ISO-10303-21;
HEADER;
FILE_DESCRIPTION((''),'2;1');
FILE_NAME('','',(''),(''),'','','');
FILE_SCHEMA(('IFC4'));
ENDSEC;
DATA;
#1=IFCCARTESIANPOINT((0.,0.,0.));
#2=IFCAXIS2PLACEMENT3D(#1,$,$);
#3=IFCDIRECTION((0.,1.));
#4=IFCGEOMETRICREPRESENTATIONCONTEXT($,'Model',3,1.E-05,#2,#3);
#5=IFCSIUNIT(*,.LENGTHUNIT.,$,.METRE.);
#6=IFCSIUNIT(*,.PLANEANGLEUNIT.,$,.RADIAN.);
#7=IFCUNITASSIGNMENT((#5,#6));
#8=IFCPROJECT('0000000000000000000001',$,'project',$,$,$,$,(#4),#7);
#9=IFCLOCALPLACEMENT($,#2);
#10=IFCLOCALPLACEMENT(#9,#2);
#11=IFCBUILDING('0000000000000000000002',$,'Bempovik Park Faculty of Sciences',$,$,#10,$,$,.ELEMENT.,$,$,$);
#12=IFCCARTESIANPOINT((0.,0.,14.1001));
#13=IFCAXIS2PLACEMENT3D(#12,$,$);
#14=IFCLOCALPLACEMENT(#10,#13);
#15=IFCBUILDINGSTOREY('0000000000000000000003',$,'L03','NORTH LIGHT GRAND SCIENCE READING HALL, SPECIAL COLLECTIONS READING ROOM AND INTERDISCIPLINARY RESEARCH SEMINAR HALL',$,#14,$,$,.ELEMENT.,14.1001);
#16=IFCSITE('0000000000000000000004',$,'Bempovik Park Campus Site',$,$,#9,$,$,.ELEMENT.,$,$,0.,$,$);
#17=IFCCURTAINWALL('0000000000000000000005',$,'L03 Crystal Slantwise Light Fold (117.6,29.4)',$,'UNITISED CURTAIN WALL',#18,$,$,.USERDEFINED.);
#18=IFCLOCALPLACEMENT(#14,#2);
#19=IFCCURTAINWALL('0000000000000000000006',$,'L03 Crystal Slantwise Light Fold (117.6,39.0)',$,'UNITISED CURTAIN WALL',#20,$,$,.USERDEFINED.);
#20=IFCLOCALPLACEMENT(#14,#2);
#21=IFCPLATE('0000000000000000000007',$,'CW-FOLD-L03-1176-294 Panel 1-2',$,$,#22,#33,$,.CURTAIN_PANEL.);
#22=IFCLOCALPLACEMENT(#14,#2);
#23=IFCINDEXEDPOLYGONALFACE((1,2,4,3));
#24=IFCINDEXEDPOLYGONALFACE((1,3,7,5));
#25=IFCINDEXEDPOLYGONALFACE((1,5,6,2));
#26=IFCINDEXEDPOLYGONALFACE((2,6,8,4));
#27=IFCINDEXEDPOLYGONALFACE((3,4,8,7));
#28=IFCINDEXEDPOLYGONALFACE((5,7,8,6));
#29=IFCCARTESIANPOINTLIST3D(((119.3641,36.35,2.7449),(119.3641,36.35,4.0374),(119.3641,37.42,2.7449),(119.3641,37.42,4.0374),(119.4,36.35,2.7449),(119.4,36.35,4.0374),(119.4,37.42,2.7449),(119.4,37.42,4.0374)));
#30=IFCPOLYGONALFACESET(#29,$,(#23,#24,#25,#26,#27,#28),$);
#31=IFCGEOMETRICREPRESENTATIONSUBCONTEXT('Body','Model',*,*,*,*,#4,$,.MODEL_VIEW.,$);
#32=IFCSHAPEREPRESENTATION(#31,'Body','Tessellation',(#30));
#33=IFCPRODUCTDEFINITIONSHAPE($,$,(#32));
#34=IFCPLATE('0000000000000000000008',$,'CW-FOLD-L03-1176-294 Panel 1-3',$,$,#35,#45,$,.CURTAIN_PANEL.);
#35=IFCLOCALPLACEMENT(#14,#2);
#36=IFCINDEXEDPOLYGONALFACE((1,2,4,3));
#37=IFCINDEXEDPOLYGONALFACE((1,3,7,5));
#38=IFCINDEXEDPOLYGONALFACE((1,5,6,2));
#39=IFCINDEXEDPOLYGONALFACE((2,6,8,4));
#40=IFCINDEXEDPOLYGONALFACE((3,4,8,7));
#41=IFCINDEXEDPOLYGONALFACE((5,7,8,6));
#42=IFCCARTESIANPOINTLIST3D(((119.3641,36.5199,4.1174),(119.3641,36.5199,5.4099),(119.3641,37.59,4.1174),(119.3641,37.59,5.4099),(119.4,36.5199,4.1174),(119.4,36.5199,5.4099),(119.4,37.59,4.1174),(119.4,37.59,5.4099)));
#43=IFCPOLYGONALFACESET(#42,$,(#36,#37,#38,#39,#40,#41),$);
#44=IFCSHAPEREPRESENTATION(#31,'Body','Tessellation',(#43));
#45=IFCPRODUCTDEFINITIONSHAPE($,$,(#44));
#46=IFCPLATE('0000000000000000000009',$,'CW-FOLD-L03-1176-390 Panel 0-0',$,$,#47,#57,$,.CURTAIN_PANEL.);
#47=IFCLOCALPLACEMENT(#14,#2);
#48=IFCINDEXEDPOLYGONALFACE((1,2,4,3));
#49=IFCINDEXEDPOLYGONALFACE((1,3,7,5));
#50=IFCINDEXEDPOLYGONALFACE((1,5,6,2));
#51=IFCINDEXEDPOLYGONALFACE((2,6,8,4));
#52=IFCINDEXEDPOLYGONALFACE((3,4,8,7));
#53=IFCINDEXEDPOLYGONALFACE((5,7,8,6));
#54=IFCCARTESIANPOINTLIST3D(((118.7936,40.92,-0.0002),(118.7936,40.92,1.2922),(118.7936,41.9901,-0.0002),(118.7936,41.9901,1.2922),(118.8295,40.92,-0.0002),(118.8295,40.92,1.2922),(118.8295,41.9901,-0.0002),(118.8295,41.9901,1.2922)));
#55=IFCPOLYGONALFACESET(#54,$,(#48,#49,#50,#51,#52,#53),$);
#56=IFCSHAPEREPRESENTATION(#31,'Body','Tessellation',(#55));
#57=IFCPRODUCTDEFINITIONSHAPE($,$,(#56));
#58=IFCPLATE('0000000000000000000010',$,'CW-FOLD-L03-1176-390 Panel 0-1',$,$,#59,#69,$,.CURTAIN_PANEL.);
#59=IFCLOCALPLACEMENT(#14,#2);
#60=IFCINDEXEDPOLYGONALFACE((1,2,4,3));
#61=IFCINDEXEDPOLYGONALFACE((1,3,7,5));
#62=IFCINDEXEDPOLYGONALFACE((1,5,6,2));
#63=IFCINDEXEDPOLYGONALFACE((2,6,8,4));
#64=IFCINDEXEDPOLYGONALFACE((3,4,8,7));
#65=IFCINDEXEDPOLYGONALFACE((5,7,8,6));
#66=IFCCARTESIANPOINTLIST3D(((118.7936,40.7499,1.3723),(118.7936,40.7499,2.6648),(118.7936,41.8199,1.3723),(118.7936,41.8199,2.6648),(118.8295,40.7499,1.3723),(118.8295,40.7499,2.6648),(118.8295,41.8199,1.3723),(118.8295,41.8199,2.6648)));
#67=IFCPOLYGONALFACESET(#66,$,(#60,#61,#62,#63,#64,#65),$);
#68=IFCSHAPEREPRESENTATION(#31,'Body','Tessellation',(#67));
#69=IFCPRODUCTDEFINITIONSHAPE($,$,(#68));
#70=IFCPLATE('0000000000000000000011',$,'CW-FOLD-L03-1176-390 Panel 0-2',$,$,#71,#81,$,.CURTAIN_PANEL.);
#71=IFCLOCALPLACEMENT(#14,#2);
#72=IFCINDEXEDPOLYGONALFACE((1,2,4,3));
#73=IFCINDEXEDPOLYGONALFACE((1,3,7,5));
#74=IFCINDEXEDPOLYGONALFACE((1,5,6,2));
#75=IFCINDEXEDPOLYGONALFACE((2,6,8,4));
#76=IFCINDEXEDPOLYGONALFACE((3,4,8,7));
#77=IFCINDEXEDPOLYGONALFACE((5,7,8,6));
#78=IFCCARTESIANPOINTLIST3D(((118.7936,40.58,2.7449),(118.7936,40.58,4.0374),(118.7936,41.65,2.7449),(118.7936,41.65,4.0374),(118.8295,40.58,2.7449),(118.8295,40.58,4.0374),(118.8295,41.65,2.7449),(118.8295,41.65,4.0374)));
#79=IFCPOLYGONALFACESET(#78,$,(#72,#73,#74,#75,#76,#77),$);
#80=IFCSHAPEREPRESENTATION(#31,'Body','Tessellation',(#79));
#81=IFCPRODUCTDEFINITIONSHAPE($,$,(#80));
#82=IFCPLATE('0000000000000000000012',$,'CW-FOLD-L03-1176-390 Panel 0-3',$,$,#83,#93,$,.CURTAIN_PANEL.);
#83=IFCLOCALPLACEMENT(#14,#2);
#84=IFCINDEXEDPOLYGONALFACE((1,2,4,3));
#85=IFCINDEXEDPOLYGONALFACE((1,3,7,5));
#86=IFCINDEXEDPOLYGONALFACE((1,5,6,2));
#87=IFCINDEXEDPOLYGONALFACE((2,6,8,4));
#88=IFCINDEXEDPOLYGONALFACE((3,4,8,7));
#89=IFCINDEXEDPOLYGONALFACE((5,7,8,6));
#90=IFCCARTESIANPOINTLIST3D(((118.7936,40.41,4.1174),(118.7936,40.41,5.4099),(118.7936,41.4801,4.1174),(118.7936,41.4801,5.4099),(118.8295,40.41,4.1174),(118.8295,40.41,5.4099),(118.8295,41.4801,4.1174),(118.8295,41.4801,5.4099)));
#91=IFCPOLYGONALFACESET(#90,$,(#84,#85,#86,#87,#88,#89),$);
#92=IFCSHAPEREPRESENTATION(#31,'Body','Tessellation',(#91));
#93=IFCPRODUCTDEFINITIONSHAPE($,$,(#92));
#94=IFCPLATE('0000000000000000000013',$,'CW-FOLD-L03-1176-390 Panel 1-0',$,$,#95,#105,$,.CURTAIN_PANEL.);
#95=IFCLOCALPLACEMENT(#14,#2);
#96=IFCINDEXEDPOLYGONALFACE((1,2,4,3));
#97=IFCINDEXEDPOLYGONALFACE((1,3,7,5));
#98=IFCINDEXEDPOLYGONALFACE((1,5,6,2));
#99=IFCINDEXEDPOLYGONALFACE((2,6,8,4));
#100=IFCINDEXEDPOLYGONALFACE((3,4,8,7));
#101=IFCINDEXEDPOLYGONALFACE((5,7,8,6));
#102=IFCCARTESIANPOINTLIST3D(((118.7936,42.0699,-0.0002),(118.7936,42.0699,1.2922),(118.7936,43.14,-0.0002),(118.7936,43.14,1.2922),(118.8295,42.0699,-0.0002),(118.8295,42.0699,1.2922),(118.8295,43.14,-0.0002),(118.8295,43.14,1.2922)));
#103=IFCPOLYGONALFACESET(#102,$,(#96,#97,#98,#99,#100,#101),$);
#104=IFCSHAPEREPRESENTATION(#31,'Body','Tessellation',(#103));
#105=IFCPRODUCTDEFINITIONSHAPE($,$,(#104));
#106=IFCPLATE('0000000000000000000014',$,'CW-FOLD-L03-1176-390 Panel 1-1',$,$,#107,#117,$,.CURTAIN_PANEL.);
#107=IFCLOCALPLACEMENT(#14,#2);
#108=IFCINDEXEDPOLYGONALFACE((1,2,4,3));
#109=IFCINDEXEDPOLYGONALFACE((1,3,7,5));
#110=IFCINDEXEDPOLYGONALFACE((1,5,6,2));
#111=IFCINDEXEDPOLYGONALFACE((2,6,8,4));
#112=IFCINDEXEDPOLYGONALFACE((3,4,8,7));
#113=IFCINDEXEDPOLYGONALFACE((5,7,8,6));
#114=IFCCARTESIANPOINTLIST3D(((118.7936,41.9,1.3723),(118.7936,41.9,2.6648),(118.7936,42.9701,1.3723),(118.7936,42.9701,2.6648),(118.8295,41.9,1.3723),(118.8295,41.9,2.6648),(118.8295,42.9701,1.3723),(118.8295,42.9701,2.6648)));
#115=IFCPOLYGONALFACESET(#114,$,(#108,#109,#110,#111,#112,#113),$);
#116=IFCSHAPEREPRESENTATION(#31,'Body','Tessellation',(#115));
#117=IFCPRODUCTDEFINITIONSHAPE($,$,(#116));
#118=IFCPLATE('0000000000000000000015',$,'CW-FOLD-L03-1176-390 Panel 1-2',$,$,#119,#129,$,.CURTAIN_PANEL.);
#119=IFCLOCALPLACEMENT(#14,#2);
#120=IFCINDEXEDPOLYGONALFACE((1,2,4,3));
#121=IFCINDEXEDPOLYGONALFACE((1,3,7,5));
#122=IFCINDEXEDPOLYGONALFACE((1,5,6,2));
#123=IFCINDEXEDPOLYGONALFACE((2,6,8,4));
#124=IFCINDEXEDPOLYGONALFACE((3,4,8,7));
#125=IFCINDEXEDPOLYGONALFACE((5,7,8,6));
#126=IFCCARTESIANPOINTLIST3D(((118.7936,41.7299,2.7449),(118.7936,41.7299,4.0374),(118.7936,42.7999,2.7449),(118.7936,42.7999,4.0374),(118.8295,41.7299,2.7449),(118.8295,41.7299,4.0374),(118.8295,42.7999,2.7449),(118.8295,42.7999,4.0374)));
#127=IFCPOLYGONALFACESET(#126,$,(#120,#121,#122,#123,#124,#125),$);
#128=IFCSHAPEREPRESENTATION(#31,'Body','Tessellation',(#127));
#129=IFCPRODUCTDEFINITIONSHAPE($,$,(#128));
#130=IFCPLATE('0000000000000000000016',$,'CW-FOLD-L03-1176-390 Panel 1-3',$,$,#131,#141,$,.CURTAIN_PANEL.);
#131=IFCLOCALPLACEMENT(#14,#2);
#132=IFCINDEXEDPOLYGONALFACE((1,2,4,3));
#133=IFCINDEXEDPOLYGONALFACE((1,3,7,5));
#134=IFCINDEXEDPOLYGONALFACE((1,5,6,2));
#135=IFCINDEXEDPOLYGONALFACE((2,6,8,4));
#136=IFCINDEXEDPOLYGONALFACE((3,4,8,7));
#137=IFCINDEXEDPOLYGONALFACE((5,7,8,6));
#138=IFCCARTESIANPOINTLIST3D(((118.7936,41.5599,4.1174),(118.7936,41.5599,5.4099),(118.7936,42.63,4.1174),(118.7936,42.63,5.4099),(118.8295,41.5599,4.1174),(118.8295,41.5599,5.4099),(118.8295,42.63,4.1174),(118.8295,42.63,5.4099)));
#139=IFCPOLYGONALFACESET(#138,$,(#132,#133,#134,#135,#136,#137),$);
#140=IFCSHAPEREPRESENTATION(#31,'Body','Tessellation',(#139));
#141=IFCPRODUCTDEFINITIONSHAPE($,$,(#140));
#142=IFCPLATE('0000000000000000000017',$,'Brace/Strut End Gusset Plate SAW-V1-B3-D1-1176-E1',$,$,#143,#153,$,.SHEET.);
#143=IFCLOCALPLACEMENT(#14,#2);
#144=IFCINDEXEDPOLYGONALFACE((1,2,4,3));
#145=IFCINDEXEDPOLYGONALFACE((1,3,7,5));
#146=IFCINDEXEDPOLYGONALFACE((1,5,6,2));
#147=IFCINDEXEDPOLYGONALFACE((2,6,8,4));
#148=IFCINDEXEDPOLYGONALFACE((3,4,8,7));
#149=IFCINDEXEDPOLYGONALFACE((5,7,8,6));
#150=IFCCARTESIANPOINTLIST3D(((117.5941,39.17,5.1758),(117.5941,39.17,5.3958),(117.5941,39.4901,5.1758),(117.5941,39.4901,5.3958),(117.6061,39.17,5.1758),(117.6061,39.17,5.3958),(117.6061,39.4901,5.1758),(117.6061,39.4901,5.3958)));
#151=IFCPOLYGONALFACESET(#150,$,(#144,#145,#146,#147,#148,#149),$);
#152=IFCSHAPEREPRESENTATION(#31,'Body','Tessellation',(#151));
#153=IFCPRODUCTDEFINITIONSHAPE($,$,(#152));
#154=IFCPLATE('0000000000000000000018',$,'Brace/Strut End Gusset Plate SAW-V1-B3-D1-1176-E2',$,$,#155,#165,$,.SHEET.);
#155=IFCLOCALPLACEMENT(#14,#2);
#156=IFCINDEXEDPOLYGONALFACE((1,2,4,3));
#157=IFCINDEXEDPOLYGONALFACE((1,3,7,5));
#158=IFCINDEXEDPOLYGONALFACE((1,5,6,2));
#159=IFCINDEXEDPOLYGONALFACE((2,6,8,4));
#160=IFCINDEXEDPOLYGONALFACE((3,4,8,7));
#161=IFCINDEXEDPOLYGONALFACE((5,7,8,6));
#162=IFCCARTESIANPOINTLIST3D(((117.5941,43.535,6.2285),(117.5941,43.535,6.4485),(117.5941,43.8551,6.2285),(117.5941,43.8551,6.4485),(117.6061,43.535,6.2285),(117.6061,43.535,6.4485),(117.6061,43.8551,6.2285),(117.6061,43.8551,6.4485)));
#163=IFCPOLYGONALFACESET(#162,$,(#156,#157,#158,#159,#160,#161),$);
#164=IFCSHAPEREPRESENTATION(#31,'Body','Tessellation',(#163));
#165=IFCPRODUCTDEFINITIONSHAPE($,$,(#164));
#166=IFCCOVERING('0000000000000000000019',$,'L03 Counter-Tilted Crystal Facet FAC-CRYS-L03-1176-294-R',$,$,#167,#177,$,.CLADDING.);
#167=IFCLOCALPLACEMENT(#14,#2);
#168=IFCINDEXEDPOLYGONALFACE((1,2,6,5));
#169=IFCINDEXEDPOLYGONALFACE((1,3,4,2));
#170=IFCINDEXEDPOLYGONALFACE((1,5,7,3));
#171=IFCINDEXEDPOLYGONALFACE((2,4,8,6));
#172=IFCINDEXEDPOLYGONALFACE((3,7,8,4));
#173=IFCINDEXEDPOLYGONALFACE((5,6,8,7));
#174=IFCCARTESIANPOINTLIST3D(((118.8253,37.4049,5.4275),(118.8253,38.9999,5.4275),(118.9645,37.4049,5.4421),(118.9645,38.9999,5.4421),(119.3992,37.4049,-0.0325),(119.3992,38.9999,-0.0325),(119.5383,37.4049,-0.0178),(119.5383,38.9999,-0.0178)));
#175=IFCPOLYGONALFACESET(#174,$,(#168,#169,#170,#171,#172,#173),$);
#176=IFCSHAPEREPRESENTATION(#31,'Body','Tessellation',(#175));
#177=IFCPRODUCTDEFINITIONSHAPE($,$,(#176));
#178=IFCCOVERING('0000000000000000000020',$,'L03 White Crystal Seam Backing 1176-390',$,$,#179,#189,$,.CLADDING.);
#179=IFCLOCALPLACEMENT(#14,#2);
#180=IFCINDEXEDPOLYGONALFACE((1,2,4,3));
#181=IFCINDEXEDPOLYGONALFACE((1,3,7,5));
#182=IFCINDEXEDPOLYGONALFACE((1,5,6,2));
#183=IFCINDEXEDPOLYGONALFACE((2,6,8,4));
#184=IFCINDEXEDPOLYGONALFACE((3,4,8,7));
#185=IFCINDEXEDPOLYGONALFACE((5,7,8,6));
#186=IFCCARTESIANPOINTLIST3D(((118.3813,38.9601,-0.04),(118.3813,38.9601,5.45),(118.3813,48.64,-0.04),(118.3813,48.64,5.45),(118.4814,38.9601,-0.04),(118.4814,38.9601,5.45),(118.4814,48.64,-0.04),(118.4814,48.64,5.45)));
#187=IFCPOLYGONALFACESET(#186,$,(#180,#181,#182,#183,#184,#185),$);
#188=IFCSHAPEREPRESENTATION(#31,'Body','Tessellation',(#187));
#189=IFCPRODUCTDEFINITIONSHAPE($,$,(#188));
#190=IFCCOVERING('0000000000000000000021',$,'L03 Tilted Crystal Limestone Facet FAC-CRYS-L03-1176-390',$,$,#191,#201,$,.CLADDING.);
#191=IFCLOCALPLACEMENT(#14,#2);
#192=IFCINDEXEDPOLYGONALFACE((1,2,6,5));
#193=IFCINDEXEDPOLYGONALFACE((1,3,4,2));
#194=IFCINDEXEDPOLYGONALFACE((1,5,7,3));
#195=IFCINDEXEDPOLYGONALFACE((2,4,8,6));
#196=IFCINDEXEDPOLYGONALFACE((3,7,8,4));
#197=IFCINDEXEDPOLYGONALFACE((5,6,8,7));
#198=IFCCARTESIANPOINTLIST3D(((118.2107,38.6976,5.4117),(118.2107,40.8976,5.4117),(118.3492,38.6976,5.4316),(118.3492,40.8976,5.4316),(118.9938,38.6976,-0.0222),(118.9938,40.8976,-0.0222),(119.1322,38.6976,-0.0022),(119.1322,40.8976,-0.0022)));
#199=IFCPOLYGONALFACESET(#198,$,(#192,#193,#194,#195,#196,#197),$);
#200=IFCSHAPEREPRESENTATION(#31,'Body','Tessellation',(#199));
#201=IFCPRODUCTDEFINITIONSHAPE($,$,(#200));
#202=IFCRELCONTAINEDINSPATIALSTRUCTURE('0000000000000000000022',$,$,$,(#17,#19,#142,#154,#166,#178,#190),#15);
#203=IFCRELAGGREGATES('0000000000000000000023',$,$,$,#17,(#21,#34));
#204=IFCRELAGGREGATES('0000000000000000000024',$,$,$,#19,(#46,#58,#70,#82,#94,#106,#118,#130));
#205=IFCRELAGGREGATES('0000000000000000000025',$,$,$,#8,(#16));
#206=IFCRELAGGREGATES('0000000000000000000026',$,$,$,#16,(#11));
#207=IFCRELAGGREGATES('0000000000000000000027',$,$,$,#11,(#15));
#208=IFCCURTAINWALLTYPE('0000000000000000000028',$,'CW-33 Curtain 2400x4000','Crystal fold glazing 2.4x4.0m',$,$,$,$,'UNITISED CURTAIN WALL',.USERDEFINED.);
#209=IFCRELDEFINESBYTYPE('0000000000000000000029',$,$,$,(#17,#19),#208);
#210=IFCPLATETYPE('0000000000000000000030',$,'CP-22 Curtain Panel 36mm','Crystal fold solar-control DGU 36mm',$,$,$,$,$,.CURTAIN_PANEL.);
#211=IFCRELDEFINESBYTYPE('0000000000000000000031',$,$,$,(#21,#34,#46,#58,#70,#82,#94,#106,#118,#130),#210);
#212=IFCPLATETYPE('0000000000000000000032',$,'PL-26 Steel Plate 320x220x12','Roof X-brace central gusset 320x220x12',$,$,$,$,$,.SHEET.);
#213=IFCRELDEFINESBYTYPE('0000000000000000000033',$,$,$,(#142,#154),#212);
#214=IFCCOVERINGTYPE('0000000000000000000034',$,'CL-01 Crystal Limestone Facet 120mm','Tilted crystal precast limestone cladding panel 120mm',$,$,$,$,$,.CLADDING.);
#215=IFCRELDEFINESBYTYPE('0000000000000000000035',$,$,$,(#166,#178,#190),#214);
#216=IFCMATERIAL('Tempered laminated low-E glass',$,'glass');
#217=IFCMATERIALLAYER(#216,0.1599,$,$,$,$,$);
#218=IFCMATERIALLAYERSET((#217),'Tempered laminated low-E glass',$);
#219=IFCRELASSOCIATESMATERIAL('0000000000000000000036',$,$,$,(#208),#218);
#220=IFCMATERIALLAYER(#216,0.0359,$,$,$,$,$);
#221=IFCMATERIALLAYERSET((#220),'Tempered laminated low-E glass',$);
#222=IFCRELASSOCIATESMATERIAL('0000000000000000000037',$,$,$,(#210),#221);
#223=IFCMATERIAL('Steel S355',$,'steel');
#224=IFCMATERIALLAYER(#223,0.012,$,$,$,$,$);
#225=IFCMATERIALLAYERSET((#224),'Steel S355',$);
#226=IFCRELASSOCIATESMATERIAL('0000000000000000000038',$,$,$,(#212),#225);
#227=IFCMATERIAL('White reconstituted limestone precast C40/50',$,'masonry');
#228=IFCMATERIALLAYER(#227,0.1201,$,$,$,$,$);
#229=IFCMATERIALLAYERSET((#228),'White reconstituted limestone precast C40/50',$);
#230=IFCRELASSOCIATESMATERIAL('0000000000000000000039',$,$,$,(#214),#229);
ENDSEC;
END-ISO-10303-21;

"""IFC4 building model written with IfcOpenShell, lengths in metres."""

from ifc_helpers import new_model, si_unit, direction, frame, origin, origin_2d, place, context, subcontext, project, spatial, rectangle, extrude, material, layer, layer_set, type_object, element, aggregate, save


model = new_model("IFC4")

# Units and contexts
model_context = context("Model", 3, precision=1e-05, world=origin(), true_north=direction((0.0, 1.0)))
body_context = subcontext(model_context, "Body", "Model", "MODEL_VIEW")
ifc_project = project(units=[si_unit("LENGTHUNIT", "METRE"), si_unit("PLANEANGLEUNIT", "RADIAN")], contexts=[model_context])

# Site, building, storey
site_placement = place(None, origin())
site = spatial("IfcSite", under=ifc_project, at=site_placement, Name="Bempovik Park Campus Site", CompositionType="ELEMENT", RefElevation=0.0)
building_placement = place(site_placement, origin())
building = spatial("IfcBuilding", under=site, at=building_placement, Name="Bempovik Park Faculty of Sciences", CompositionType="ELEMENT")
storey_placement = place(building_placement, frame((0.0, 0.0, 14.1001)))
storey = spatial("IfcBuildingStorey", under=building, at=storey_placement, Name="L03", Description="NORTH LIGHT GRAND SCIENCE READING HALL, SPECIAL COLLECTIONS READING ROOM AND INTERDISCIPLINARY RESEARCH SEMINAR HALL", CompositionType="ELEMENT", Elevation=14.1001)

# Shared definitions
ifc_material_1 = material(Name="Steel S355", Category="steel")

# Curtain walls
ifc_material_2 = material(Name="Tempered laminated low-E glass", Category="glass")
ifc_layer_1 = layer(ifc_material_2, 0.1599)
ifc_layer_set_1 = layer_set([ifc_layer_1], Name="Tempered laminated low-E glass")
curtain_wall_type = type_object("IfcCurtainWallType", Name="CW-33 Curtain 2400x4000", Description="Crystal fold glazing 2.4x4.0m", ElementType="UNITISED CURTAIN WALL", PredefinedType="USERDEFINED", material=ifc_layer_set_1)
curtain_wall_1_placement = place(storey_placement, origin())
curtain_wall_1 = element("IfcCurtainWall", 1, at=curtain_wall_1_placement, inside=storey, type_object=curtain_wall_type, Name="L03 Crystal Slantwise Light Fold (117.6,29.4)", ObjectType="UNITISED CURTAIN WALL", PredefinedType="USERDEFINED")
curtain_wall_2_placement = place(storey_placement, origin())
curtain_wall_2 = element("IfcCurtainWall", 2, at=curtain_wall_2_placement, inside=storey, type_object=curtain_wall_type, Name="L03 Crystal Slantwise Light Fold (117.6,39.0)", ObjectType="UNITISED CURTAIN WALL", PredefinedType="USERDEFINED")

# Plates
ifc_layer_2 = layer(ifc_material_2, 0.0359)
ifc_layer_set_2 = layer_set([ifc_layer_2], Name="Tempered laminated low-E glass")
plate_type_1 = type_object("IfcPlateType", Name="CP-22 Curtain Panel 36mm", Description="Crystal fold solar-control DGU 36mm", PredefinedType="CURTAIN_PANEL", material=ifc_layer_set_2)
plate_1_placement = place(storey_placement, frame((119.3821, 36.885, 2.7449), z_axis=(0.0, 0.0, 1.0), x_axis=(0.0, 1.0, 0.0)))
plate_1 = element("IfcPlate", 3, at=plate_1_placement, type_object=plate_type_1, Name="CW-FOLD-L03-1176-294 Panel 1-2", PredefinedType="CURTAIN_PANEL", context=body_context, shape_type="SweptSolid", body=[
    extrude(rectangle(XDim=1.0701, YDim=0.0359, at=origin_2d()), origin(), (0.0, 0.0, 1.0), 1.2925),
])
plate_2_placement = place(storey_placement, frame((119.3821, 37.0549, 4.1174), z_axis=(0.0, 0.0, 1.0), x_axis=(0.0, 1.0, 0.0)))
plate_2 = element("IfcPlate", 4, at=plate_2_placement, type_object=plate_type_1, Name="CW-FOLD-L03-1176-294 Panel 1-3", PredefinedType="CURTAIN_PANEL", context=body_context, shape_type="SweptSolid", body=[
    extrude(rectangle(XDim=1.0701, YDim=0.0359, at=origin_2d()), origin(), (0.0, 0.0, 1.0), 1.2925),
])
aggregate(curtain_wall_1, [plate_1, plate_2])
plate_3_placement = place(storey_placement, frame((118.8115, 41.4551, -0.0002), z_axis=(0.0, 0.0, 1.0), x_axis=(0.0, 1.0, 0.0)))
plate_3 = element("IfcPlate", 5, at=plate_3_placement, type_object=plate_type_1, Name="CW-FOLD-L03-1176-390 Panel 0-0", PredefinedType="CURTAIN_PANEL", context=body_context, shape_type="SweptSolid", body=[
    extrude(rectangle(XDim=1.0701, YDim=0.0359, at=origin_2d()), origin(), (0.0, 0.0, 1.0), 1.2925),
])
plate_4_placement = place(storey_placement, frame((118.8115, 41.2849, 1.3723), z_axis=(0.0, 0.0, 1.0), x_axis=(0.0, 1.0, 0.0)))
plate_4 = element("IfcPlate", 6, at=plate_4_placement, type_object=plate_type_1, Name="CW-FOLD-L03-1176-390 Panel 0-1", PredefinedType="CURTAIN_PANEL", context=body_context, shape_type="SweptSolid", body=[
    extrude(rectangle(XDim=1.0701, YDim=0.0359, at=origin_2d()), origin(), (0.0, 0.0, 1.0), 1.2925),
])
plate_5_placement = place(storey_placement, frame((118.8115, 41.115, 2.7449), z_axis=(0.0, 0.0, 1.0), x_axis=(0.0, 1.0, 0.0)))
plate_5 = element("IfcPlate", 7, at=plate_5_placement, type_object=plate_type_1, Name="CW-FOLD-L03-1176-390 Panel 0-2", PredefinedType="CURTAIN_PANEL", context=body_context, shape_type="SweptSolid", body=[
    extrude(rectangle(XDim=1.0701, YDim=0.0359, at=origin_2d()), origin(), (0.0, 0.0, 1.0), 1.2925),
])
plate_6_placement = place(storey_placement, frame((118.8115, 40.9451, 4.1174), z_axis=(0.0, 0.0, 1.0), x_axis=(0.0, 1.0, 0.0)))
plate_6 = element("IfcPlate", 8, at=plate_6_placement, type_object=plate_type_1, Name="CW-FOLD-L03-1176-390 Panel 0-3", PredefinedType="CURTAIN_PANEL", context=body_context, shape_type="SweptSolid", body=[
    extrude(rectangle(XDim=1.0701, YDim=0.0359, at=origin_2d()), origin(), (0.0, 0.0, 1.0), 1.2925),
])
plate_7_placement = place(storey_placement, frame((118.8115, 42.605, -0.0002), z_axis=(0.0, 0.0, 1.0), x_axis=(0.0, 1.0, 0.0)))
plate_7 = element("IfcPlate", 9, at=plate_7_placement, type_object=plate_type_1, Name="CW-FOLD-L03-1176-390 Panel 1-0", PredefinedType="CURTAIN_PANEL", context=body_context, shape_type="SweptSolid", body=[
    extrude(rectangle(XDim=1.0701, YDim=0.0359, at=origin_2d()), origin(), (0.0, 0.0, 1.0), 1.2925),
])
plate_8_placement = place(storey_placement, frame((118.8115, 42.4351, 1.3723), z_axis=(0.0, 0.0, 1.0), x_axis=(0.0, 1.0, 0.0)))
plate_8 = element("IfcPlate", 10, at=plate_8_placement, type_object=plate_type_1, Name="CW-FOLD-L03-1176-390 Panel 1-1", PredefinedType="CURTAIN_PANEL", context=body_context, shape_type="SweptSolid", body=[
    extrude(rectangle(XDim=1.0701, YDim=0.0359, at=origin_2d()), origin(), (0.0, 0.0, 1.0), 1.2925),
])
plate_9_placement = place(storey_placement, frame((118.8115, 42.2649, 2.7449), z_axis=(0.0, 0.0, 1.0), x_axis=(0.0, 1.0, 0.0)))
plate_9 = element("IfcPlate", 11, at=plate_9_placement, type_object=plate_type_1, Name="CW-FOLD-L03-1176-390 Panel 1-2", PredefinedType="CURTAIN_PANEL", context=body_context, shape_type="SweptSolid", body=[
    extrude(rectangle(XDim=1.0701, YDim=0.0359, at=origin_2d()), origin(), (0.0, 0.0, 1.0), 1.2925),
])
plate_10_placement = place(storey_placement, frame((118.8115, 42.095, 4.1174), z_axis=(0.0, 0.0, 1.0), x_axis=(0.0, 1.0, 0.0)))
plate_10 = element("IfcPlate", 12, at=plate_10_placement, type_object=plate_type_1, Name="CW-FOLD-L03-1176-390 Panel 1-3", PredefinedType="CURTAIN_PANEL", context=body_context, shape_type="SweptSolid", body=[
    extrude(rectangle(XDim=1.0701, YDim=0.0359, at=origin_2d()), origin(), (0.0, 0.0, 1.0), 1.2925),
])
aggregate(curtain_wall_2, [plate_3, plate_4, plate_5, plate_6, plate_7, plate_8, plate_9, plate_10])

# Plates
ifc_layer_3 = layer(ifc_material_1, 0.012)
ifc_layer_set_3 = layer_set([ifc_layer_3], Name="Steel S355")
plate_type_2 = type_object("IfcPlateType", Name="PL-26 Steel Plate 320x220x12", Description="Roof X-brace central gusset 320x220x12", PredefinedType="SHEET", material=ifc_layer_set_3)
for number, where, z_axis, x_axis, name in (
    (13, (117.6001, 39.3301, 5.1758), (0.0, 0.0, 1.0), (1.0, 0.0, 0.0), "Brace/Strut End Gusset Plate SAW-V1-B3-D1-1176-E1"),
    (14, (117.6001, 43.6951, 6.2285), (0.0, 0.0, 1.0), (1.0, 0.0, 0.0), "Brace/Strut End Gusset Plate SAW-V1-B3-D1-1176-E2"),
):
    element("IfcPlate", number, at=place(storey_placement, frame(where, z_axis=z_axis, x_axis=x_axis)), inside=storey, type_object=plate_type_2, Name=name, PredefinedType="SHEET", context=body_context, shape_type="SweptSolid", body=[
        extrude(rectangle(XDim=0.012, YDim=0.3201, at=origin_2d()), origin(), (0.0, 0.0, 1.0), 0.22),
    ])

# Coverings
ifc_material_3 = material(Name="White reconstituted limestone precast C40/50", Category="masonry")
ifc_layer_4 = layer(ifc_material_3, 0.1201)
ifc_layer_set_4 = layer_set([ifc_layer_4], Name="White reconstituted limestone precast C40/50")
covering_type = type_object("IfcCoveringType", Name="CL-01 Crystal Limestone Facet 120mm", Description="Tilted crystal precast limestone cladding panel 120mm", PredefinedType="CLADDING", material=ifc_layer_set_4)
covering_1_placement = place(storey_placement, frame((119.4688, 38.2024, -0.0251), z_axis=(-0.104528, 0.0, 0.994522), x_axis=(0.0, 1.0, 0.0)))
element("IfcCovering", 15, at=covering_1_placement, inside=storey, type_object=covering_type, Name="L03 Counter-Tilted Crystal Facet FAC-CRYS-L03-1176-294-R", PredefinedType="CLADDING", context=body_context, shape_type="SweptSolid", body=[
    extrude(rectangle(XDim=1.595, YDim=0.1399, at=origin_2d()), origin(), (0.0, 0.0, 1.0), 5.49),
])
covering_2_placement = place(storey_placement, frame((118.4314, 43.8, -0.04), z_axis=(0.0, 0.0, 1.0), x_axis=(1.0, 0.0, 0.0)))
element("IfcCovering", 16, at=covering_2_placement, inside=storey, type_object=covering_type, Name="L03 White Crystal Seam Backing 1176-390", PredefinedType="CLADDING", context=body_context, shape_type="SweptSolid", body=[
    extrude(rectangle(XDim=0.1001, YDim=9.6799, at=origin_2d()), origin(), (0.0, 0.0, 1.0), 5.49),
])
covering_3_placement = place(storey_placement, frame((119.063, 39.7976, -0.0122), z_axis=(-0.142629, 0.0, 0.989776), x_axis=(0.0, 1.0, 0.0)))
element("IfcCovering", 17, at=covering_3_placement, inside=storey, type_object=covering_type, Name="L03 Tilted Crystal Limestone Facet FAC-CRYS-L03-1176-390", PredefinedType="CLADDING", context=body_context, shape_type="SweptSolid", body=[
    extrude(rectangle(XDim=2.2, YDim=0.1399, at=origin_2d()), origin(), (0.0, 0.0, 1.0), 5.49),
])

save(model, "model.ifc")
